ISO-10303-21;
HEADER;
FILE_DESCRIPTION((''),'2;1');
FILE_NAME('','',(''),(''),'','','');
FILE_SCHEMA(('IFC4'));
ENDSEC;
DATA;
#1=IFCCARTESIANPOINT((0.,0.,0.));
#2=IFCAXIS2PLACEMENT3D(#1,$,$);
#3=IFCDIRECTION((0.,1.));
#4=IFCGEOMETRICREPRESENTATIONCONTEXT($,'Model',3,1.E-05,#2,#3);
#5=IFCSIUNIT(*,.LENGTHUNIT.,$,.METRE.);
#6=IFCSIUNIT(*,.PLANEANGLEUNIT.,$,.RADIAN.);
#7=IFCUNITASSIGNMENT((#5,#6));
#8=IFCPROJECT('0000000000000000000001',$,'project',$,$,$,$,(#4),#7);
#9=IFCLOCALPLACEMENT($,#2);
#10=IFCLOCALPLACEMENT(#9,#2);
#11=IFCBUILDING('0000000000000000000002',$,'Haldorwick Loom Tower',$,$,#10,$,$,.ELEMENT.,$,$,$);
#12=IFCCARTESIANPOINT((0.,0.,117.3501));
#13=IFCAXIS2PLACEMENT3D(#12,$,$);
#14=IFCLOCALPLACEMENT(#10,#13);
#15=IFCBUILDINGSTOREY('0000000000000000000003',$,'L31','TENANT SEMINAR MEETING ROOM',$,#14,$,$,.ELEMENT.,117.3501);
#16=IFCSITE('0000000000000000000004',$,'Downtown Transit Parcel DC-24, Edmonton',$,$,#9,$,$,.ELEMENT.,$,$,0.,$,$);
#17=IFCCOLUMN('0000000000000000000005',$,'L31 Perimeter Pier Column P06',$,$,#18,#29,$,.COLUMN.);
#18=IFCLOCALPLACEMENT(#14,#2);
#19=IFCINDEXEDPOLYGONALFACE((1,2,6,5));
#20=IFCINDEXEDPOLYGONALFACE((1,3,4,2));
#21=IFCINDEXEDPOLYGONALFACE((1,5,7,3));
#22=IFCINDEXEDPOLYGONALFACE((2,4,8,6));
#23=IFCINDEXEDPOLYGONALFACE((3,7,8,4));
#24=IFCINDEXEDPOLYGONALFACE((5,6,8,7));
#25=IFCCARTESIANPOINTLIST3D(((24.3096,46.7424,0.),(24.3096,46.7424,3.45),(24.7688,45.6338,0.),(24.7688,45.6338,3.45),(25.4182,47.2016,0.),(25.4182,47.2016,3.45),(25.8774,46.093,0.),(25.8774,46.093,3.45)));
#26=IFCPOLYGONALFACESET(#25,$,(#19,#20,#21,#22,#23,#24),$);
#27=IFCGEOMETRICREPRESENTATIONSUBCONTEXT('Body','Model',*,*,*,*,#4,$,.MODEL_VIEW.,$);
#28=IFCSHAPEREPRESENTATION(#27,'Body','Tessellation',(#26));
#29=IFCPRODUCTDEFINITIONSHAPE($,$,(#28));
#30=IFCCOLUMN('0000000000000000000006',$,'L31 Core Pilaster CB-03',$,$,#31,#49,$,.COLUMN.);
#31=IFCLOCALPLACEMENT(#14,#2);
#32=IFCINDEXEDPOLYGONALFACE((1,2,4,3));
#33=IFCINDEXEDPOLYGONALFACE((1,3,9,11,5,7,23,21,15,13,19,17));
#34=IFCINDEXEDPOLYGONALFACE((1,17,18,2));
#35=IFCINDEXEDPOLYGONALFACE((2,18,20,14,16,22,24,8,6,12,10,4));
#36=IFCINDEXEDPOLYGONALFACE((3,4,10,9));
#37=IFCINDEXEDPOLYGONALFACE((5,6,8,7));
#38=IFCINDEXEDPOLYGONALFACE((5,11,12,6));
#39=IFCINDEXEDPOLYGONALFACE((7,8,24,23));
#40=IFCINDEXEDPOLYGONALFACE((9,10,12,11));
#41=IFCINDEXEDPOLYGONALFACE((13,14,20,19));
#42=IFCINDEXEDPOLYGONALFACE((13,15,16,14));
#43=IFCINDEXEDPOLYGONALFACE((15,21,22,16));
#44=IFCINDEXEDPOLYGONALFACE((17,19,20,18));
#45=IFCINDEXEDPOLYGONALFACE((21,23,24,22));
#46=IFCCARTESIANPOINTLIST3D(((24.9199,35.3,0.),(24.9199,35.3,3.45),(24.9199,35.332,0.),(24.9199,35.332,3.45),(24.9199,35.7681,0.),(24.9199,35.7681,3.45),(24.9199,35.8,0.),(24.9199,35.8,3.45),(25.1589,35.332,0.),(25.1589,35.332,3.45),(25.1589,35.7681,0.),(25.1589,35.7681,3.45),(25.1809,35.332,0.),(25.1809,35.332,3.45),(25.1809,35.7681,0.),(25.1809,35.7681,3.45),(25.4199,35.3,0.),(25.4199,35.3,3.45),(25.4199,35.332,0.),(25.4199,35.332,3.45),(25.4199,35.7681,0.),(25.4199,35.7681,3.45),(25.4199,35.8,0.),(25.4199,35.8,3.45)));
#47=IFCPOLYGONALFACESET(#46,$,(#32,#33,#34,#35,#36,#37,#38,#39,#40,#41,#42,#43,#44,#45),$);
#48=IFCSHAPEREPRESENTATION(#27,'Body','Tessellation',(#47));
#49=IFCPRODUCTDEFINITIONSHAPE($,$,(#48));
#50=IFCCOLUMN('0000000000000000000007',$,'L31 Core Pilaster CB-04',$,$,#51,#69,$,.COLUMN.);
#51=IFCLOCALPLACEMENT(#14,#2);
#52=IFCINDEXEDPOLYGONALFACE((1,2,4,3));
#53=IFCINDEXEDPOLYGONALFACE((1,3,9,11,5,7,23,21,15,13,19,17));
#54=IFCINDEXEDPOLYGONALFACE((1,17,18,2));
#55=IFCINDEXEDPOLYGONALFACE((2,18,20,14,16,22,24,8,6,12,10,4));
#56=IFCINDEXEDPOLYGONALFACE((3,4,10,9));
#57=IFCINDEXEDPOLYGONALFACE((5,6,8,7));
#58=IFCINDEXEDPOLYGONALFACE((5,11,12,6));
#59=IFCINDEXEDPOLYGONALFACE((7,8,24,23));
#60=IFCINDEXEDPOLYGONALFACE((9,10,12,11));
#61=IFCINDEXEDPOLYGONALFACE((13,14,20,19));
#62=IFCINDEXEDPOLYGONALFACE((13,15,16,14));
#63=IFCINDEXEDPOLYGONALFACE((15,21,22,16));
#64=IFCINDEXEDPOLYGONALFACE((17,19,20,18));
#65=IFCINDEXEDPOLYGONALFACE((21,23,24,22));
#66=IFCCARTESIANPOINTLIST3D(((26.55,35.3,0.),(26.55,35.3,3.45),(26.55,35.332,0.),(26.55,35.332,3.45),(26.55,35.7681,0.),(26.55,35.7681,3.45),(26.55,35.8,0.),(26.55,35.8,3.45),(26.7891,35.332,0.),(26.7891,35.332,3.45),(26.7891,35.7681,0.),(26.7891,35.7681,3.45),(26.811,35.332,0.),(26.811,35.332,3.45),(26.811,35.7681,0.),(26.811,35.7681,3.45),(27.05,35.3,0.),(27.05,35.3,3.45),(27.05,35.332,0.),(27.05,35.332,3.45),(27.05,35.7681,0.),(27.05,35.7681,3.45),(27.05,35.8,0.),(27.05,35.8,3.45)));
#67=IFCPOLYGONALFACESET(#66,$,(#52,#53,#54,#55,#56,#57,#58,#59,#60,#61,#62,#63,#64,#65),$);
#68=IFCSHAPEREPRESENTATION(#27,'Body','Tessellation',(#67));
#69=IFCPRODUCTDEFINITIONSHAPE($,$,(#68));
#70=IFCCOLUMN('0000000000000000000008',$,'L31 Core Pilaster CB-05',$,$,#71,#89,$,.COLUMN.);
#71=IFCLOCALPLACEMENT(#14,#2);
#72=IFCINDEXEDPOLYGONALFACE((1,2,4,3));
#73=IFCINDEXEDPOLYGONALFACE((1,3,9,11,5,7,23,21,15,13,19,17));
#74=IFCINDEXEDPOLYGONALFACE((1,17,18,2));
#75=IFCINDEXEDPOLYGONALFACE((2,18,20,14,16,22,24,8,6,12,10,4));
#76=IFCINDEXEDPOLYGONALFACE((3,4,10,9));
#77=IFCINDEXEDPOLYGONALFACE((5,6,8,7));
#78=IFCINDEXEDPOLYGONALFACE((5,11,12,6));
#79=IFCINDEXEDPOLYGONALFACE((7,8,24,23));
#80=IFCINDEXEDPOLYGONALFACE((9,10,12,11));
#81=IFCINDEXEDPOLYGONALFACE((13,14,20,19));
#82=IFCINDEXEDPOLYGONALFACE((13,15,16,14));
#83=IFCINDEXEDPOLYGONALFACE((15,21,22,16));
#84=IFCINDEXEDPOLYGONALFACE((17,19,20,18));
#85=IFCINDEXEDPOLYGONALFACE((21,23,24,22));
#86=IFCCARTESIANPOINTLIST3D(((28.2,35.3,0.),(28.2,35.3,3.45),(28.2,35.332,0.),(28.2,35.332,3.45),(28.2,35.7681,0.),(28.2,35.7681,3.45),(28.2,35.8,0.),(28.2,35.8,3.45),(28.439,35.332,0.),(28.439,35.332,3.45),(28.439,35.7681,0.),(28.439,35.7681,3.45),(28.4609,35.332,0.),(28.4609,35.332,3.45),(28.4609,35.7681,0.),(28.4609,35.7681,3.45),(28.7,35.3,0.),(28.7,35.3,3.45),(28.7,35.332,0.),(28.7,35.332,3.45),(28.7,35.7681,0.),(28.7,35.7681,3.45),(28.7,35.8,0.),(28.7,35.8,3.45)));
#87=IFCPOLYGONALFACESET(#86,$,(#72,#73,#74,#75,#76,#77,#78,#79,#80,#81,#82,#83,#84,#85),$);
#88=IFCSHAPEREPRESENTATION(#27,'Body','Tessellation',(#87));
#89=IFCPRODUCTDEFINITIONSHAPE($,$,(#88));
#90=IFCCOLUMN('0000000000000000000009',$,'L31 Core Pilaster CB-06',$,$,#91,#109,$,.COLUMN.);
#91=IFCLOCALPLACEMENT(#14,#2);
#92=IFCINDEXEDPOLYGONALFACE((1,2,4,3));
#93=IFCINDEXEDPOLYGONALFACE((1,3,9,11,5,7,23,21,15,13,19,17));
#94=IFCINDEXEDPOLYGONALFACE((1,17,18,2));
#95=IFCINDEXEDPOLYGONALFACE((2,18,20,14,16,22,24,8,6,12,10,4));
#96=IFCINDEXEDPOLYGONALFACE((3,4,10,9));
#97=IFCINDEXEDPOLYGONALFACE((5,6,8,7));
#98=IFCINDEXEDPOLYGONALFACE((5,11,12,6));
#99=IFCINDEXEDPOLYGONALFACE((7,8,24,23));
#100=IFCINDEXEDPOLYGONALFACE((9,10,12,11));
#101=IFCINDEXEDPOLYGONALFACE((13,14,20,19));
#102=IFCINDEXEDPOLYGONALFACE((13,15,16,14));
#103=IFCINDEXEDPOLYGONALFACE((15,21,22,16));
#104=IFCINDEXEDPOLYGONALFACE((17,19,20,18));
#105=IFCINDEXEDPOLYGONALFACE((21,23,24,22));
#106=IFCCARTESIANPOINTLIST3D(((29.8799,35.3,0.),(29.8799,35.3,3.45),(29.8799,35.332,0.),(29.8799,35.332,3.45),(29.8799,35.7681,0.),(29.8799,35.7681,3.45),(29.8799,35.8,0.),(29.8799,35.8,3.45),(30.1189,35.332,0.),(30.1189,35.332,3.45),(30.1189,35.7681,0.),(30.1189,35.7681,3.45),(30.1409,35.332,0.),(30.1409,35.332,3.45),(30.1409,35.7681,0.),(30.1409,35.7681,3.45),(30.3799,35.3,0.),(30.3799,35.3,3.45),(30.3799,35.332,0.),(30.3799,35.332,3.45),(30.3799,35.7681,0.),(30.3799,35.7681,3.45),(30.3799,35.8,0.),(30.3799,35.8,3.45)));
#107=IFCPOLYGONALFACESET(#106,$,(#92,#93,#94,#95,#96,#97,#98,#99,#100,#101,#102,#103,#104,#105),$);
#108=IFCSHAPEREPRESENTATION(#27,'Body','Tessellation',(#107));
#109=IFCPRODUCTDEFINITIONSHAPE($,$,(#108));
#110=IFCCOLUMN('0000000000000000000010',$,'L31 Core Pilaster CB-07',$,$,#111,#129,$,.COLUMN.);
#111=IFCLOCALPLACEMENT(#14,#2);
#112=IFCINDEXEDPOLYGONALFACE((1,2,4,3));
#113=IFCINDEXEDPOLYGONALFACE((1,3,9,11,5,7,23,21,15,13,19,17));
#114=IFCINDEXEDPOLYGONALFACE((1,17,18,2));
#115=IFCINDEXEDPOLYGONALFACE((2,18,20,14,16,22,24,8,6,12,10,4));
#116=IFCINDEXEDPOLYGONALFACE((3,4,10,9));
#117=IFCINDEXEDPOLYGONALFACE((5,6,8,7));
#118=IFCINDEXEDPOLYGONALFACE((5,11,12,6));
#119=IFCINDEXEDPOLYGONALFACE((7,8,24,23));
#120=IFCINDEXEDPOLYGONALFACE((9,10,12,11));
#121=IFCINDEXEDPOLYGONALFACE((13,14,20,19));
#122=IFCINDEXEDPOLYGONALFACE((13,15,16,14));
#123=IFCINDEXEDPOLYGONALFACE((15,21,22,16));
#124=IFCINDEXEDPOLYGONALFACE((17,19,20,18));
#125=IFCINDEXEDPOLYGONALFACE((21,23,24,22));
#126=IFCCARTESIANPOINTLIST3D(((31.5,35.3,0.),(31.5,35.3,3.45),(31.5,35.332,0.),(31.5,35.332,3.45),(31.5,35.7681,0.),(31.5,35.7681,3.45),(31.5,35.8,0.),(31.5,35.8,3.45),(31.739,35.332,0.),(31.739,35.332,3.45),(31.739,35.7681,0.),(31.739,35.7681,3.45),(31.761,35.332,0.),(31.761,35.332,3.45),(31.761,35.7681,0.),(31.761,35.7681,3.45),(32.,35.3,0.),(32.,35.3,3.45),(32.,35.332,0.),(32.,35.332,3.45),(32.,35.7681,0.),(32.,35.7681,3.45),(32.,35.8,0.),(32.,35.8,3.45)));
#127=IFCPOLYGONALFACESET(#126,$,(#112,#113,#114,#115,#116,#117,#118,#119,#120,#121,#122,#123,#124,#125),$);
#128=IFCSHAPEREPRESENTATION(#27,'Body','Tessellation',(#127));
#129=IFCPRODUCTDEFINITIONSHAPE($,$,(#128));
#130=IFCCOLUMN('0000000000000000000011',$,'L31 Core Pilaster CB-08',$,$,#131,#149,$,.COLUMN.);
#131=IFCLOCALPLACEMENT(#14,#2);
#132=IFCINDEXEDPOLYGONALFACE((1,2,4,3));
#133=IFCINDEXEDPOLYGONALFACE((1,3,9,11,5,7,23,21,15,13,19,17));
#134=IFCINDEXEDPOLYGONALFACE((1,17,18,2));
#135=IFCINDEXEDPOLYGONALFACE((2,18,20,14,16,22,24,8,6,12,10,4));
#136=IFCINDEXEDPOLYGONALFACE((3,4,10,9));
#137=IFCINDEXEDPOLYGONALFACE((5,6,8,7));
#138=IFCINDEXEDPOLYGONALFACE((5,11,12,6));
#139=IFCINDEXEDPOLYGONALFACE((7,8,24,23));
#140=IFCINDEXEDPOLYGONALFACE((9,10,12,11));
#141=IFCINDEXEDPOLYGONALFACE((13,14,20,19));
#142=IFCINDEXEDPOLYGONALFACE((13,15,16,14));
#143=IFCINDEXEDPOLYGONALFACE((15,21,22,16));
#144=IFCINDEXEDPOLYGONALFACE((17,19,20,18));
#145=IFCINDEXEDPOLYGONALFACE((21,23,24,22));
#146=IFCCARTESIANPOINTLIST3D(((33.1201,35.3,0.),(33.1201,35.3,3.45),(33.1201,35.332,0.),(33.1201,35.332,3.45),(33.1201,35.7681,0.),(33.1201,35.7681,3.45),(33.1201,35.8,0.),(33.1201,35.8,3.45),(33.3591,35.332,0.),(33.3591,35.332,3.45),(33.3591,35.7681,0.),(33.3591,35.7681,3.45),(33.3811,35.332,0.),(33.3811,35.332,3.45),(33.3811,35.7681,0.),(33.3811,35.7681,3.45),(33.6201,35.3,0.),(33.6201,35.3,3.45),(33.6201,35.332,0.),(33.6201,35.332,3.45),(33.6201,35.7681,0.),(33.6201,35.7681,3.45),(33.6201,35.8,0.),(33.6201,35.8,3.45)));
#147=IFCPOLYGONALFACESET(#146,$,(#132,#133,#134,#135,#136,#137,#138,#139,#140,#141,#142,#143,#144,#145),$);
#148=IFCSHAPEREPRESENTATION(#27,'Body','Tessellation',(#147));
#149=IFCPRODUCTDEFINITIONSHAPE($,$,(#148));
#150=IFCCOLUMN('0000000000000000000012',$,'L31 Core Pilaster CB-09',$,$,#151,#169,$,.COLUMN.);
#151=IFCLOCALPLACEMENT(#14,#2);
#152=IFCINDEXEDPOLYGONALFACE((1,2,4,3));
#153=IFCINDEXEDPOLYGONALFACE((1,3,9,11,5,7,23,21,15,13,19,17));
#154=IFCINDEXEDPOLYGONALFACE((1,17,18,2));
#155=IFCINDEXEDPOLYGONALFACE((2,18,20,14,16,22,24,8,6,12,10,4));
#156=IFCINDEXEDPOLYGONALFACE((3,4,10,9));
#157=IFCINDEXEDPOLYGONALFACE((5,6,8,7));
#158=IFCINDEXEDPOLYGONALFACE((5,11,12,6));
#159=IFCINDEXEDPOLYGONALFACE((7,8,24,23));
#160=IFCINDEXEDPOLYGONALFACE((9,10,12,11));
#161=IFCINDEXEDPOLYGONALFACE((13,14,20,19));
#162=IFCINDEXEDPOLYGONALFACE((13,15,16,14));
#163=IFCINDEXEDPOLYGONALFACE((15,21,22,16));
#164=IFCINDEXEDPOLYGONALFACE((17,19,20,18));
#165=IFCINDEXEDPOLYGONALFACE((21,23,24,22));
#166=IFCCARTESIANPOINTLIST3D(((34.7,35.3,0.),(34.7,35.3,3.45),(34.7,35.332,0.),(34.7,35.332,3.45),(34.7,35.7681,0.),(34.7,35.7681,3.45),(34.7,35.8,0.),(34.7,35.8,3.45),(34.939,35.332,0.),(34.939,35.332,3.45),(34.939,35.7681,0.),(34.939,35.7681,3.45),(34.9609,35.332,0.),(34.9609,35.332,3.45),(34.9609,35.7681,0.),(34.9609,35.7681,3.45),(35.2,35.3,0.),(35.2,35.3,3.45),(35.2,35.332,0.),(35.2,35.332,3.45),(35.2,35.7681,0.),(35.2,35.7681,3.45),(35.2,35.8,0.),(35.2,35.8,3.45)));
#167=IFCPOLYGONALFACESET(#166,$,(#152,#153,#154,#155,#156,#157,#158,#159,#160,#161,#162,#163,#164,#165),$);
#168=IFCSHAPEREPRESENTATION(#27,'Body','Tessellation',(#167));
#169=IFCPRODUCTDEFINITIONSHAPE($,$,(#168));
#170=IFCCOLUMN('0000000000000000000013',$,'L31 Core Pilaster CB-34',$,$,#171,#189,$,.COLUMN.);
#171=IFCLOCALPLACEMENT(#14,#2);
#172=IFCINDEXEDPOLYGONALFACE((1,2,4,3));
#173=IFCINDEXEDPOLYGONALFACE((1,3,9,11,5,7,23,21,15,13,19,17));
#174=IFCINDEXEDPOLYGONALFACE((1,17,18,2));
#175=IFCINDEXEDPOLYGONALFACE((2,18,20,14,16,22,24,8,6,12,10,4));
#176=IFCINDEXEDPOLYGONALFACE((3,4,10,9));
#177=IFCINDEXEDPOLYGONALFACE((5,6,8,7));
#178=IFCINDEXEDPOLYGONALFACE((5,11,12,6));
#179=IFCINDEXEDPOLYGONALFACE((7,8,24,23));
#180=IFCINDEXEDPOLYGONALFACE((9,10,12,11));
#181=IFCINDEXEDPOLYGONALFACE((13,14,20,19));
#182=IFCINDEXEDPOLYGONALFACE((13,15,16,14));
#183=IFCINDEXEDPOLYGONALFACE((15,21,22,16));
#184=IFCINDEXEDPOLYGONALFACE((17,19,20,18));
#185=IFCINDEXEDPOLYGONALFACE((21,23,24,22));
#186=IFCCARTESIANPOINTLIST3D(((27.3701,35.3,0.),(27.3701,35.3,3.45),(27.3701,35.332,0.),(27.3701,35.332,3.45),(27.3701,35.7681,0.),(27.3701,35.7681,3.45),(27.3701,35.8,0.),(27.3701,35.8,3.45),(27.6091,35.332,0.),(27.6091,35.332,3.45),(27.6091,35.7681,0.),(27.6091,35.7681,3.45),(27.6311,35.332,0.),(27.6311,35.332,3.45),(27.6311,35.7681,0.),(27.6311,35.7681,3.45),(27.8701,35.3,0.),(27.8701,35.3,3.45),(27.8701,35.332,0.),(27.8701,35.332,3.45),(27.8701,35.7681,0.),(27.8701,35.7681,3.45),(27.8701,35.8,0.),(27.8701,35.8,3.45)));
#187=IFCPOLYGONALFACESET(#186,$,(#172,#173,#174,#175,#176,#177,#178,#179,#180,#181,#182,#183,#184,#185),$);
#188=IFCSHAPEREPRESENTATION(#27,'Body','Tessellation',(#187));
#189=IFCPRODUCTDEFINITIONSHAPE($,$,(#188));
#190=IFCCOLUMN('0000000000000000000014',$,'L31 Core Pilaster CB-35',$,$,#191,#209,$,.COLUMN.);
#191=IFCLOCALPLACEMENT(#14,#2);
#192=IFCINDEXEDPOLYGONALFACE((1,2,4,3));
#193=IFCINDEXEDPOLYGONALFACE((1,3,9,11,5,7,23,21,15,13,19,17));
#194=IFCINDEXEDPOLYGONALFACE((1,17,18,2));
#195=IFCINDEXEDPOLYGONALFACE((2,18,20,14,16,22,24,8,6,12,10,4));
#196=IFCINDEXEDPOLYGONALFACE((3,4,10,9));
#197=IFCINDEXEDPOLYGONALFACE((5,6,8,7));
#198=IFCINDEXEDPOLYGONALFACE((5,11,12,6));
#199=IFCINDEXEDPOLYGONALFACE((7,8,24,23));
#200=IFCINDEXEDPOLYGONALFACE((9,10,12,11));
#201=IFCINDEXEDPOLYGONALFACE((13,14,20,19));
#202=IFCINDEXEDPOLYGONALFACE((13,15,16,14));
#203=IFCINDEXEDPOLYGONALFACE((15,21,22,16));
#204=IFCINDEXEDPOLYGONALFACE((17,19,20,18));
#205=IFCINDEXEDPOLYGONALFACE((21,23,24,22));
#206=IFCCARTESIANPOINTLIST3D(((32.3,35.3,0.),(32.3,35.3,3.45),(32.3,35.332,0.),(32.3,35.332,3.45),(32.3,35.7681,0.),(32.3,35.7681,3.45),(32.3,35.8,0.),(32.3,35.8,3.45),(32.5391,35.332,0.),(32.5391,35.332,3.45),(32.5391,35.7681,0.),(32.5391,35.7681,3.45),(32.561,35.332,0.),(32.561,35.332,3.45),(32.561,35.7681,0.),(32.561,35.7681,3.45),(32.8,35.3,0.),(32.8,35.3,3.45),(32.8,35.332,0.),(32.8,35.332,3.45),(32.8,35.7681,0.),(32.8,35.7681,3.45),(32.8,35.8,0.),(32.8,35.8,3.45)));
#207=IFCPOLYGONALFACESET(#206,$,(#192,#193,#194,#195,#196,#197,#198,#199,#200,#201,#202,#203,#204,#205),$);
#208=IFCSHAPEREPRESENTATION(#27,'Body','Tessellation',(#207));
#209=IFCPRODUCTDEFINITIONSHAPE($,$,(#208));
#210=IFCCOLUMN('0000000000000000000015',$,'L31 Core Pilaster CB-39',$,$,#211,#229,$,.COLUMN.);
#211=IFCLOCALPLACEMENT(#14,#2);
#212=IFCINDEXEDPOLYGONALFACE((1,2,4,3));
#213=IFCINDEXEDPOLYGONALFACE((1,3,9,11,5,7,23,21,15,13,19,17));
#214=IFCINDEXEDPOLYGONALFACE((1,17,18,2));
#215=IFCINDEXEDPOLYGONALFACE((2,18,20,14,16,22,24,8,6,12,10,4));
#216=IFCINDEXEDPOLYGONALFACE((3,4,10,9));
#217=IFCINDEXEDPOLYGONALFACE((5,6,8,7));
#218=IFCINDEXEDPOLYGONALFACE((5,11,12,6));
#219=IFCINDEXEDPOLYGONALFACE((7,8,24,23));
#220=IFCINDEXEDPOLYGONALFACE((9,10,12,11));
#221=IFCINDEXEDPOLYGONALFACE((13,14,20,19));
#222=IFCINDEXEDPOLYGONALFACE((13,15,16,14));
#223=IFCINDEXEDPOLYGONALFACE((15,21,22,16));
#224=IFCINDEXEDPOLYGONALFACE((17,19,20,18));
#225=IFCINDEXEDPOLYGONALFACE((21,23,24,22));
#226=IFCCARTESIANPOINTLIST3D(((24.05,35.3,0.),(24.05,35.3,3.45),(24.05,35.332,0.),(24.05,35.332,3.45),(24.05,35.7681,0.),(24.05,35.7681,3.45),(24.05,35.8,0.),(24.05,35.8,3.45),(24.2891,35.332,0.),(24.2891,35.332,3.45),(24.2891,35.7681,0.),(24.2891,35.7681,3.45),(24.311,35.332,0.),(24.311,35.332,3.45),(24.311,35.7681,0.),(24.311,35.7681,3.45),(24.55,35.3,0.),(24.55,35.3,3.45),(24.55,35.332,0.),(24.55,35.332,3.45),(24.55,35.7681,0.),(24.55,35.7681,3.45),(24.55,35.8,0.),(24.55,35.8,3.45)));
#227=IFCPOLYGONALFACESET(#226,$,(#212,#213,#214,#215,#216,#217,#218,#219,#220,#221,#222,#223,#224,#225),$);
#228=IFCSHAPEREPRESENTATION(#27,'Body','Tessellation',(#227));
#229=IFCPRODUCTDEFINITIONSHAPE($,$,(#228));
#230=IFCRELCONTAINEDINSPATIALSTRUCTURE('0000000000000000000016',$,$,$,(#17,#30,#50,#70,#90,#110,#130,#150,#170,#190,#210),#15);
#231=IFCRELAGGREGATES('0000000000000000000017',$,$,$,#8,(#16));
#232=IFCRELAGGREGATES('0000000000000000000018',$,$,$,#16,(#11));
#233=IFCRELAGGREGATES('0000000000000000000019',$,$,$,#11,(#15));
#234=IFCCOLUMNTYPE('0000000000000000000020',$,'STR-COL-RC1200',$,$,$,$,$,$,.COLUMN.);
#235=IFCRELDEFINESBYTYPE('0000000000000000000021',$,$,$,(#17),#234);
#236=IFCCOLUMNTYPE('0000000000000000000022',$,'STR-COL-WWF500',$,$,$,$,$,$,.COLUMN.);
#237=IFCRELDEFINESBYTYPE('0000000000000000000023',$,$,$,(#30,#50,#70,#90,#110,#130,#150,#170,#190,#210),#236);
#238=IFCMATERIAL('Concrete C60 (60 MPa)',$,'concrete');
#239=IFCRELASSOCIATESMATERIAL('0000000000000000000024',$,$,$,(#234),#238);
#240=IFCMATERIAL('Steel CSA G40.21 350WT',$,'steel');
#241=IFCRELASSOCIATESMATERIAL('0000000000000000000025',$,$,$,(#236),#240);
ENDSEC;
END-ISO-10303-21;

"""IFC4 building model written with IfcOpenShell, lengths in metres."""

from ifc_helpers import new_model, si_unit, direction, frame, origin, origin_2d, place, context, subcontext, project, spatial, rectangle, i_section, extrude, material, material_profile, profile_set, type_object, element, save


model = new_model("IFC4")

# Units and contexts
model_context = context("Model", 3, precision=1e-05, world=origin(), true_north=direction((0.0, 1.0)))
body_context = subcontext(model_context, "Body", "Model", "MODEL_VIEW")
ifc_project = project(units=[si_unit("LENGTHUNIT", "METRE"), si_unit("PLANEANGLEUNIT", "RADIAN")], contexts=[model_context])

# Site, building, storey
site_placement = place(None, origin())
site = spatial("IfcSite", under=ifc_project, at=site_placement, Name="Downtown Transit Parcel DC-24, Edmonton", CompositionType="ELEMENT", RefElevation=0.0)
building_placement = place(site_placement, origin())
building = spatial("IfcBuilding", under=site, at=building_placement, Name="Haldorwick Loom Tower", CompositionType="ELEMENT")
storey_placement = place(building_placement, frame((0.0, 0.0, 117.3501)))
storey = spatial("IfcBuildingStorey", under=building, at=storey_placement, Name="L31", Description="TENANT SEMINAR MEETING ROOM", CompositionType="ELEMENT", Elevation=117.3501)

# Columns
ifc_material_1 = material(Name="Concrete C60 (60 MPa)", Category="concrete")
ifc_material_profile_1 = material_profile(ifc_material_1, rectangle(XDim=1.2, YDim=1.2, at=origin_2d()), Name="RC1200X1200", Category="concrete")
ifc_profile_set_1 = profile_set([ifc_material_profile_1], Name="Concrete C60 (60 MPa)")
column_type_1 = type_object("IfcColumnType", Name="STR-COL-RC1200", PredefinedType="COLUMN", material=ifc_profile_set_1)
column_placement = place(storey_placement, frame((25.0935, 46.4177, 0.0), z_axis=(0.0, 0.0, 1.0), x_axis=(-0.382683, 0.92388, 0.0)))
element("IfcColumn", 1, at=column_placement, inside=storey, type_object=column_type_1, Name="L31 Perimeter Pier Column P06", PredefinedType="COLUMN", context=body_context, shape_type="SweptSolid", body=[
    extrude(rectangle(XDim=1.2, YDim=1.2, at=origin_2d()), origin(), (0.0, 0.0, 1.0), 3.45),
])
ifc_material_2 = material(Name="Steel CSA G40.21 350WT", Category="steel")
ifc_material_profile_2 = material_profile(ifc_material_2, i_section(OverallWidth=0.5, OverallDepth=0.5, WebThickness=0.022, FlangeThickness=0.032, at=origin_2d()), Name="WWF500X500", Category="steel")
ifc_profile_set_2 = profile_set([ifc_material_profile_2], Name="Steel CSA G40.21 350WT")
column_type_2 = type_object("IfcColumnType", Name="STR-COL-WWF500", PredefinedType="COLUMN", material=ifc_profile_set_2)
for number, where, z_axis, x_axis, name in (
    (2, (25.1699, 35.55, 0.0), (0.0, 0.0, 1.0), (1.0, 0.0, 0.0), "L31 Core Pilaster CB-03"),
    (3, (26.8, 35.55, 0.0), (0.0, 0.0, 1.0), (1.0, 0.0, 0.0), "L31 Core Pilaster CB-04"),
    (4, (28.45, 35.55, 0.0), (0.0, 0.0, 1.0), (1.0, 0.0, 0.0), "L31 Core Pilaster CB-05"),
    (5, (30.1299, 35.55, 0.0), (0.0, 0.0, 1.0), (1.0, 0.0, 0.0), "L31 Core Pilaster CB-06"),
    (6, (31.75, 35.55, 0.0), (0.0, 0.0, 1.0), (1.0, 0.0, 0.0), "L31 Core Pilaster CB-07"),
    (7, (33.3701, 35.55, 0.0), (0.0, 0.0, 1.0), (1.0, 0.0, 0.0), "L31 Core Pilaster CB-08"),
    (8, (34.95, 35.55, 0.0), (0.0, 0.0, 1.0), (1.0, 0.0, 0.0), "L31 Core Pilaster CB-09"),
    (9, (27.6201, 35.55, 0.0), (0.0, 0.0, 1.0), (1.0, 0.0, 0.0), "L31 Core Pilaster CB-34"),
    (10, (32.55, 35.55, 0.0), (0.0, 0.0, 1.0), (1.0, 0.0, 0.0), "L31 Core Pilaster CB-35"),
    (11, (24.3, 35.55, 0.0), (0.0, 0.0, 1.0), (1.0, 0.0, 0.0), "L31 Core Pilaster CB-39"),
):
    element("IfcColumn", number, at=place(storey_placement, frame(where, z_axis=z_axis, x_axis=x_axis)), inside=storey, type_object=column_type_2, Name=name, PredefinedType="COLUMN", context=body_context, shape_type="SweptSolid", body=[
        extrude(i_section(OverallWidth=0.5, OverallDepth=0.5, WebThickness=0.022, FlangeThickness=0.032, at=origin_2d()), origin(), (0.0, 0.0, 1.0), 3.45),
    ])

save(model, "model.ifc")
